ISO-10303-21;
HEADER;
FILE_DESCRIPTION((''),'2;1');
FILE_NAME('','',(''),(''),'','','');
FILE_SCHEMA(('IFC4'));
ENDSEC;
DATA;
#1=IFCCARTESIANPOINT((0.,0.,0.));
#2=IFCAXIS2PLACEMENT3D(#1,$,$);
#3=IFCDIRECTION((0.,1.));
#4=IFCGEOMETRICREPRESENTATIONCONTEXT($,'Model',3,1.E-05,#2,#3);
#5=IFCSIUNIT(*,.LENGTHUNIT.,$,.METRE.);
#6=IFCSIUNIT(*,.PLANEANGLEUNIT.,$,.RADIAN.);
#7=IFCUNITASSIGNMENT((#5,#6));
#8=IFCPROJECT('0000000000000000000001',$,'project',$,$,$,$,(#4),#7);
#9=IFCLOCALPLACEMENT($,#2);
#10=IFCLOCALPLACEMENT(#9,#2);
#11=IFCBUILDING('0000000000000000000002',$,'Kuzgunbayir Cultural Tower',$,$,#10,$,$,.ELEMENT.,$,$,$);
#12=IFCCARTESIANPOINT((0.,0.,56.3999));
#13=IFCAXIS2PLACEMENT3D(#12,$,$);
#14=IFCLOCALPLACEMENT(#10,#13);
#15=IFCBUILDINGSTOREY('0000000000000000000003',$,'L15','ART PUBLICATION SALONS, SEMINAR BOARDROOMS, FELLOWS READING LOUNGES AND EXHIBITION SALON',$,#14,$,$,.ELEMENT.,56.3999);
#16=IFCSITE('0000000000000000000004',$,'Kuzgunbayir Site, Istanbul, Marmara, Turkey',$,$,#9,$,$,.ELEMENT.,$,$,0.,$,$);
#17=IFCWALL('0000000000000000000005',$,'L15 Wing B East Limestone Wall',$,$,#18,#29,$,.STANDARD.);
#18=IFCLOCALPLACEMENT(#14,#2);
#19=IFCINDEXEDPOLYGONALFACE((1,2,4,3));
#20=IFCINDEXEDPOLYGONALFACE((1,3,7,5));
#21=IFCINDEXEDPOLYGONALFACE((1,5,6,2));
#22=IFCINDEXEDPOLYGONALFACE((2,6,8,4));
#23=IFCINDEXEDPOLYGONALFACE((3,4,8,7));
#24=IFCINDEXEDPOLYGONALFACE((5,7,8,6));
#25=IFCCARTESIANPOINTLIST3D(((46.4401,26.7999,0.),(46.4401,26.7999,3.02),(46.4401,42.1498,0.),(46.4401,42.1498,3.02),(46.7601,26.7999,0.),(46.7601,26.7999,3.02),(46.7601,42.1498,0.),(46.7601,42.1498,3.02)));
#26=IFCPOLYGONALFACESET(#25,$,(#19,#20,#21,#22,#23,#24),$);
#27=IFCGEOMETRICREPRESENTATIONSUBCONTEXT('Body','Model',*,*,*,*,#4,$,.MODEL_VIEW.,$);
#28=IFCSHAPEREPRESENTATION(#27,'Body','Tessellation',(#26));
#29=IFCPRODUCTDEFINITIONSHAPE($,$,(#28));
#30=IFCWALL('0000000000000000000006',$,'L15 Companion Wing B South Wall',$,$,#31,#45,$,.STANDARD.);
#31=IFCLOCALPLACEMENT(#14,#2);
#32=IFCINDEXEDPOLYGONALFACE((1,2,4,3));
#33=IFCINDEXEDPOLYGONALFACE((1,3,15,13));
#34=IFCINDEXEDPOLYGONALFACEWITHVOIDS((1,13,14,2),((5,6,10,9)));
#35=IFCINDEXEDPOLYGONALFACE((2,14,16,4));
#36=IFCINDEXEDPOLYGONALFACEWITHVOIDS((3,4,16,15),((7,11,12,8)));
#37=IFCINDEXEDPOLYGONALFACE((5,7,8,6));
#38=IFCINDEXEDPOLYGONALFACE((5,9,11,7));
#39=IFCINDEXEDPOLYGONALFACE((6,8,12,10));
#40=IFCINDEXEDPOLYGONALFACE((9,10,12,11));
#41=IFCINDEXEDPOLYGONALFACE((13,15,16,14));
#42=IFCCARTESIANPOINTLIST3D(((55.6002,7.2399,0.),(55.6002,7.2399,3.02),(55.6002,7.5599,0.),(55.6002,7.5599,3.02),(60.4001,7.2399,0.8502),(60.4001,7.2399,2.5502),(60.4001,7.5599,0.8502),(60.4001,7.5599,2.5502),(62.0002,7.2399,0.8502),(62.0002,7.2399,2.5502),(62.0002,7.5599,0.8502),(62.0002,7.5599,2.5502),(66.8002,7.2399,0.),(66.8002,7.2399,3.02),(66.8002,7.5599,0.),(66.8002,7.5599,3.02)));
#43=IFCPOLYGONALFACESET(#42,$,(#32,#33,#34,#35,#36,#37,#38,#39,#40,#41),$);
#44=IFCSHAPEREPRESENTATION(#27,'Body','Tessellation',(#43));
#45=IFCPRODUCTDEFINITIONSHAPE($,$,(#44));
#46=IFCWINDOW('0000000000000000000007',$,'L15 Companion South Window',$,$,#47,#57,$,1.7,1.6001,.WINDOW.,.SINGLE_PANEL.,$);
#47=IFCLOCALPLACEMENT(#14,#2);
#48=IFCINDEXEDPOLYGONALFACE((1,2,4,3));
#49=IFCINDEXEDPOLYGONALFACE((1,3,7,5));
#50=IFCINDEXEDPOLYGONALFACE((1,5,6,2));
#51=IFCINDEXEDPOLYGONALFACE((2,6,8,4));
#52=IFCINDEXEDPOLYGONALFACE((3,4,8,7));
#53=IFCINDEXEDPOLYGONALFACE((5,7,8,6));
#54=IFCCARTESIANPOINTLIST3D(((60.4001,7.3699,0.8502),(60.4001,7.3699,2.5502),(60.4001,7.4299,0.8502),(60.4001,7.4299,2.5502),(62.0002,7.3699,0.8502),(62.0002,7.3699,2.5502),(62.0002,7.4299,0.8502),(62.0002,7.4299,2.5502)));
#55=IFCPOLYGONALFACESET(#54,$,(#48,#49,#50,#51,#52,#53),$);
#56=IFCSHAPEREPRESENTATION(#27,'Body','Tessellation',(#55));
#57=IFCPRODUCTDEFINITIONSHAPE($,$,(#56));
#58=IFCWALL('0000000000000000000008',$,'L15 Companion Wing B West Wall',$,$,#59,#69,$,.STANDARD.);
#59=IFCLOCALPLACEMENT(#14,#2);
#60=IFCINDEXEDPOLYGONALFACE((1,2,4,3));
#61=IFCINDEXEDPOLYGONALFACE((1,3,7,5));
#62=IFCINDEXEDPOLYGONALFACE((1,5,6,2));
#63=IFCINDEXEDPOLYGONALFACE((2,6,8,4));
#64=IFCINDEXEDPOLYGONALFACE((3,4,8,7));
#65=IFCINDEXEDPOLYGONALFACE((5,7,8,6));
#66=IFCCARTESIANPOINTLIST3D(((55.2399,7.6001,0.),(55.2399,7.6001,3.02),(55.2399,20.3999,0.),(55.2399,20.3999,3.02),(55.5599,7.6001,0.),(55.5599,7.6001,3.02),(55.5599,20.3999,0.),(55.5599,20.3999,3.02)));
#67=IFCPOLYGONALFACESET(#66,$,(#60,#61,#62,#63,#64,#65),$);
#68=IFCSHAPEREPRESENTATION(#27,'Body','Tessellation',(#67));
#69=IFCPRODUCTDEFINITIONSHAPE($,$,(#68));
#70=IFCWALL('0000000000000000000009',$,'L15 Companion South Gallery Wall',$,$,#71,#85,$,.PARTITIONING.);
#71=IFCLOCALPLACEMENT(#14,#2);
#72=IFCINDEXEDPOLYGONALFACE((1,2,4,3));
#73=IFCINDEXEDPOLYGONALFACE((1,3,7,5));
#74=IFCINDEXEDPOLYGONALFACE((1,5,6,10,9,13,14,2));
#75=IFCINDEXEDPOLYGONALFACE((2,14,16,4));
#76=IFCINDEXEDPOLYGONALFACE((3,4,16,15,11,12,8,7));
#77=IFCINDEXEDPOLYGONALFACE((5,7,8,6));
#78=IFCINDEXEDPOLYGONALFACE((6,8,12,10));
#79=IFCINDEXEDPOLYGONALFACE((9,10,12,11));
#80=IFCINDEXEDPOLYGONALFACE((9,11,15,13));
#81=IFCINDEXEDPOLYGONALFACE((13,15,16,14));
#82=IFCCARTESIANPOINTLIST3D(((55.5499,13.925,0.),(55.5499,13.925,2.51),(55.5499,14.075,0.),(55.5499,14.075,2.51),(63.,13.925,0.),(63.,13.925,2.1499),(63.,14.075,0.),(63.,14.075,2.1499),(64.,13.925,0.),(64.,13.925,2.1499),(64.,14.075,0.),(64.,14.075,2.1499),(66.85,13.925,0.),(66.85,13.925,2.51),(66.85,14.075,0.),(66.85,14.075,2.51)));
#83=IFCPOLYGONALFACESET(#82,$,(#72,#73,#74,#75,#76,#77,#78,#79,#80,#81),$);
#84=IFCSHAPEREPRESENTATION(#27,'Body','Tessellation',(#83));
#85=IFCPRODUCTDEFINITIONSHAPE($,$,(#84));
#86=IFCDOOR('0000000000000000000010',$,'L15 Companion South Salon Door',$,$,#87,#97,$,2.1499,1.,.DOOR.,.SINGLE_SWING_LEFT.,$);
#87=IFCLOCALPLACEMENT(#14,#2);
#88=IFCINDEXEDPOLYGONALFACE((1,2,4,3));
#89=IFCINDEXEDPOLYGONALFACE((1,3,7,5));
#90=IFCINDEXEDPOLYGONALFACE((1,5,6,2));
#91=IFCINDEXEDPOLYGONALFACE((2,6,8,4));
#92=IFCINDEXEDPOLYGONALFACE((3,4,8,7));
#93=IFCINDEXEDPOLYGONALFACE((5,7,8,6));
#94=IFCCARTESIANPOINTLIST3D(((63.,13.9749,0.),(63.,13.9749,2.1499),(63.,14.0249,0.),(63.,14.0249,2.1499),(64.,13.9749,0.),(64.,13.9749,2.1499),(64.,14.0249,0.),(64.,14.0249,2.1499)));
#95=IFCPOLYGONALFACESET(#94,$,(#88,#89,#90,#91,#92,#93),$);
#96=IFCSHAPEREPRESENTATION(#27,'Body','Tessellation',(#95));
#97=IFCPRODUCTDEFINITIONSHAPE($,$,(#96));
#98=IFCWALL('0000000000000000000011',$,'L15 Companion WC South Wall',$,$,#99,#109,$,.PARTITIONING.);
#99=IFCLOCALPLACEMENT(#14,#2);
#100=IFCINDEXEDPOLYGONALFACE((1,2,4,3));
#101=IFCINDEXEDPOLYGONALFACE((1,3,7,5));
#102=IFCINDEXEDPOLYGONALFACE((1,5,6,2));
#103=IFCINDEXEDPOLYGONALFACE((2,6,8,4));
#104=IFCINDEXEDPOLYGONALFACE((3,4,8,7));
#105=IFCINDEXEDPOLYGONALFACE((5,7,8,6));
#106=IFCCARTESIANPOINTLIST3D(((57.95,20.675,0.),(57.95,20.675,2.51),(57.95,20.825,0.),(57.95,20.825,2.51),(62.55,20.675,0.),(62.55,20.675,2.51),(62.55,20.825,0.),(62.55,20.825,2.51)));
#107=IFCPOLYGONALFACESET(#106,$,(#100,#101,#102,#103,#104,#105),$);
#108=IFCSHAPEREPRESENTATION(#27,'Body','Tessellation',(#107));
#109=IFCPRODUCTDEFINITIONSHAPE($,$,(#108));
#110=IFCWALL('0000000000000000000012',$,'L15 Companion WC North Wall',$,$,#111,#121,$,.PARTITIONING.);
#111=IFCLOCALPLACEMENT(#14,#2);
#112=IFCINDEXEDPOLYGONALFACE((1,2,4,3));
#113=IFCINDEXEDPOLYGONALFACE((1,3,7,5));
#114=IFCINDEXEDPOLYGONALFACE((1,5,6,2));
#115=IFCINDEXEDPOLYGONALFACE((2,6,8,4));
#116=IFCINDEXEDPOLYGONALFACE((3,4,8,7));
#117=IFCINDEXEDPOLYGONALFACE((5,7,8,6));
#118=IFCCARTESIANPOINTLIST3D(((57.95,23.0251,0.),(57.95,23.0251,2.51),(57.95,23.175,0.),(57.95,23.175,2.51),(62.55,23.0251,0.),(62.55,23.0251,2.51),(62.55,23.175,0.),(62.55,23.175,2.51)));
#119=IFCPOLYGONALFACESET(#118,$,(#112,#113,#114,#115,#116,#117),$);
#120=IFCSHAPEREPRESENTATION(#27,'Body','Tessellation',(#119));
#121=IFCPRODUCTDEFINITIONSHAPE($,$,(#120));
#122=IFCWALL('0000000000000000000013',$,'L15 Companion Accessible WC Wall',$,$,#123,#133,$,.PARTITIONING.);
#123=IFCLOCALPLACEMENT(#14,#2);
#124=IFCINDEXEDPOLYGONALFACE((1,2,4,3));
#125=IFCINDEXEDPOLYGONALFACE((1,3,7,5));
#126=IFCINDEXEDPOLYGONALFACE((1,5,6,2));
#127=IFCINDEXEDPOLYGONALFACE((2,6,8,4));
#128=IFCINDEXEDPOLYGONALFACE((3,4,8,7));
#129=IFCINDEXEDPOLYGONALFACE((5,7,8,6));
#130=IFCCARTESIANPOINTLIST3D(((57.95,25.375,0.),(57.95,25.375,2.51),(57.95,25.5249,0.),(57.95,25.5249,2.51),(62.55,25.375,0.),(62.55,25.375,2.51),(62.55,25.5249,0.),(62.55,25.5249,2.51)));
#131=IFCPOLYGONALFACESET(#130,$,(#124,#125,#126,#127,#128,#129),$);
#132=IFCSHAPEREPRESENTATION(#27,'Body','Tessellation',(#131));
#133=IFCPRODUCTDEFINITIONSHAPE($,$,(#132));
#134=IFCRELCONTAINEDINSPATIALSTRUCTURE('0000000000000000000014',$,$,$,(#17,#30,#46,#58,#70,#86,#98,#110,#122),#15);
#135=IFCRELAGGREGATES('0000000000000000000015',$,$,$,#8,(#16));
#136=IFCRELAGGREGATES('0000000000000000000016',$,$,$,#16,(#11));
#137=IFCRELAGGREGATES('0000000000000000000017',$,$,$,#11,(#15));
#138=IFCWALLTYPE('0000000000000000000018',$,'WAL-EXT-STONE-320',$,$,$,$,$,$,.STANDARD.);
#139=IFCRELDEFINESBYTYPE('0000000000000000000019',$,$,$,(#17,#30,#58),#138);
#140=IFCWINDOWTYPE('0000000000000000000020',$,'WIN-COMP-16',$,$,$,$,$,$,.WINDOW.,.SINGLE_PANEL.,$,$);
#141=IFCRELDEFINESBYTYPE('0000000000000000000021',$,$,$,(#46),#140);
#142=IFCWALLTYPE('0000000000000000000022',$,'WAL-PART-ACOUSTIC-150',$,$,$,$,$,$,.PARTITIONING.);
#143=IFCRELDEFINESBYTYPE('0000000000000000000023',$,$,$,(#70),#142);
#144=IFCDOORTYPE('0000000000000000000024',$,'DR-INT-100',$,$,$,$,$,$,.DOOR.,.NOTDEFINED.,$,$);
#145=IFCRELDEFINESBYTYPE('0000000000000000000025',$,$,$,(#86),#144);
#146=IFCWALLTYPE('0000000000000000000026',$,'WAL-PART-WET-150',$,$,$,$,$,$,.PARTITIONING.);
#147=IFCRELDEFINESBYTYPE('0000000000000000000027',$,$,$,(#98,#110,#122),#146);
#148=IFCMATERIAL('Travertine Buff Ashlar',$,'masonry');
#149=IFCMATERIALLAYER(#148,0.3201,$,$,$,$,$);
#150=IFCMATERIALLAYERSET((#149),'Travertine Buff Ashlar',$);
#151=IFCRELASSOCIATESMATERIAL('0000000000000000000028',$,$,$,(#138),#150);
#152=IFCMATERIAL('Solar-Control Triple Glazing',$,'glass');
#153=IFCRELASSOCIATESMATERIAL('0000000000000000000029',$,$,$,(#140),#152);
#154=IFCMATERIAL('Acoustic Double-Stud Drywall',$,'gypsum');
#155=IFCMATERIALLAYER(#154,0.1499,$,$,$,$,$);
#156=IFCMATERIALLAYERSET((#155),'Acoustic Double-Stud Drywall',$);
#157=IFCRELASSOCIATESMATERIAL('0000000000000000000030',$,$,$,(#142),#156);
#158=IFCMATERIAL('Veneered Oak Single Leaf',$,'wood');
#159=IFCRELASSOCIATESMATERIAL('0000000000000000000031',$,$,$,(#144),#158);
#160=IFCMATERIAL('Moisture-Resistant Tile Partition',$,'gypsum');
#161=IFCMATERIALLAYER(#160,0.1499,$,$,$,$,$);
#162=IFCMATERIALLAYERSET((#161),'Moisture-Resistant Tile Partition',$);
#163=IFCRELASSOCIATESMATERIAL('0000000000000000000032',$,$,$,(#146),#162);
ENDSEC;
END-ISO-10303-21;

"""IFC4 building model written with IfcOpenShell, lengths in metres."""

from ifc_helpers import new_model, si_unit, direction, frame, frame_2d, origin, place, context, subcontext, project, spatial, rectangle, extrude, material, layer, layer_set, type_object, element, fill, save


model = new_model("IFC4")

# Units and contexts
model_context = context("Model", 3, precision=1e-05, world=origin(), true_north=direction((0.0, 1.0)))
body_context = subcontext(model_context, "Body", "Model", "MODEL_VIEW")
ifc_project = project(units=[si_unit("LENGTHUNIT", "METRE"), si_unit("PLANEANGLEUNIT", "RADIAN")], contexts=[model_context])

# Site, building, storey
site_placement = place(None, origin())
site = spatial("IfcSite", under=ifc_project, at=site_placement, Name="Kuzgunbayir Site, Istanbul, Marmara, Turkey", CompositionType="ELEMENT", RefElevation=0.0)
building_placement = place(site_placement, origin())
building = spatial("IfcBuilding", under=site, at=building_placement, Name="Kuzgunbayir Cultural Tower", CompositionType="ELEMENT")
storey_placement = place(building_placement, frame((0.0, 0.0, 56.3999)))
storey = spatial("IfcBuildingStorey", under=building, at=storey_placement, Name="L15", Description="ART PUBLICATION SALONS, SEMINAR BOARDROOMS, FELLOWS READING LOUNGES AND EXHIBITION SALON", CompositionType="ELEMENT", Elevation=56.3999)

# Wall
ifc_material_1 = material(Name="Travertine Buff Ashlar", Category="masonry")
ifc_layer_1 = layer(ifc_material_1, 0.3201)
ifc_layer_set_1 = layer_set([ifc_layer_1], Name="Travertine Buff Ashlar")
wall_type_1 = type_object("IfcWallType", Name="WAL-EXT-STONE-320", PredefinedType="STANDARD", material=ifc_layer_set_1)
wall_1_placement = place(storey_placement, frame((46.6001, 26.8, 0.0), z_axis=(0.0, 0.0, 1.0), x_axis=(0.0, 1.0, 0.0)))
element("IfcWall", 1, at=wall_1_placement, inside=storey, type_object=wall_type_1, Name="L15 Wing B East Limestone Wall", PredefinedType="STANDARD", context=body_context, shape_type="SweptSolid", body=[
    extrude(rectangle(XDim=15.3499, YDim=0.3201, at=frame_2d((7.6748, 0.0))), origin(), (0.0, 0.0, 1.0), 3.02),
])

# Wall, opening, window
wall_2_placement = place(storey_placement, frame((55.6001, 7.3999, 0.0), z_axis=(0.0, 0.0, 1.0), x_axis=(1.0, 0.0, 0.0)))
wall_2 = element("IfcWall", 2, at=wall_2_placement, inside=storey, type_object=wall_type_1, Name="L15 Companion Wing B South Wall", PredefinedType="STANDARD", context=body_context, shape_type="SweptSolid", body=[
    extrude(rectangle(XDim=11.2, YDim=0.3201, at=frame_2d((5.6001, 0.0))), origin(), (0.0, 0.0, 1.0), 3.02),
])
opening_1_placement = place(wall_2_placement, frame((4.8, 0.0, 0.8501)))
opening_1 = element("IfcOpeningElement", 3, at=opening_1_placement, cuts=wall_2, PredefinedType="OPENING", context=body_context, shape_type="SweptSolid", body=[
    extrude(rectangle(XDim=1.6001, YDim=1.7, at=frame_2d((0.8, 0.8501))), frame((0.0, 0.1699, 0.0), z_axis=(0.0, -1.0, 0.0), x_axis=(1.0, 0.0, 0.0)), (0.0, 0.0, 1.0), 0.3401),
])
ifc_material_2 = material(Name="Solar-Control Triple Glazing", Category="glass")
window_type = type_object("IfcWindowType", Name="WIN-COMP-16", PartitioningType="SINGLE_PANEL", PredefinedType="WINDOW", material=ifc_material_2)
window_placement = place(opening_1_placement, origin())
window = element("IfcWindow", 4, at=window_placement, inside=storey, type_object=window_type, Name="L15 Companion South Window", OverallHeight=1.7, OverallWidth=1.6001, PartitioningType="SINGLE_PANEL", PredefinedType="WINDOW", context=body_context, shape_type="SweptSolid", body=[
    extrude(rectangle(XDim=1.6001, YDim=1.7, at=frame_2d((0.8, 0.8501))), frame((0.0, 0.03, 0.0), z_axis=(0.0, -1.0, 0.0), x_axis=(1.0, 0.0, 0.0)), (0.0, 0.0, 1.0), 0.0601),
])
fill(opening_1, window)

# Wall
wall_3_placement = place(storey_placement, frame((55.3999, 20.3999, 0.0), z_axis=(0.0, 0.0, 1.0), x_axis=(0.0, -1.0, 0.0)))
element("IfcWall", 5, at=wall_3_placement, inside=storey, type_object=wall_type_1, Name="L15 Companion Wing B West Wall", PredefinedType="STANDARD", context=body_context, shape_type="SweptSolid", body=[
    extrude(rectangle(XDim=12.7998, YDim=0.3201, at=frame_2d((6.3999, 0.0))), origin(), (0.0, 0.0, 1.0), 3.02),
])

# Wall, opening, door
ifc_material_3 = material(Name="Acoustic Double-Stud Drywall", Category="gypsum")
ifc_layer_2 = layer(ifc_material_3, 0.1499)
ifc_layer_set_2 = layer_set([ifc_layer_2], Name="Acoustic Double-Stud Drywall")
wall_type_2 = type_object("IfcWallType", Name="WAL-PART-ACOUSTIC-150", PredefinedType="PARTITIONING", material=ifc_layer_set_2)
wall_4_placement = place(storey_placement, frame((55.55, 14.0, 0.0), z_axis=(0.0, 0.0, 1.0), x_axis=(1.0, 0.0, 0.0)))
wall_4 = element("IfcWall", 6, at=wall_4_placement, inside=storey, type_object=wall_type_2, Name="L15 Companion South Gallery Wall", PredefinedType="PARTITIONING", context=body_context, shape_type="SweptSolid", body=[
    extrude(rectangle(XDim=11.3, YDim=0.1499, at=frame_2d((5.6499, 0.0))), origin(), (0.0, 0.0, 1.0), 2.51),
])
opening_2_placement = place(wall_4_placement, frame((7.45, 0.0, 0.0)))
opening_2 = element("IfcOpeningElement", 7, at=opening_2_placement, cuts=wall_4, PredefinedType="OPENING", context=body_context, shape_type="SweptSolid", body=[
    extrude(rectangle(XDim=1.0, YDim=2.1499, at=frame_2d((0.5, 1.075))), frame((0.0, 0.085, 0.0), z_axis=(0.0, -1.0, 0.0), x_axis=(1.0, 0.0, 0.0)), (0.0, 0.0, 1.0), 0.1699),
])
ifc_material_4 = material(Name="Veneered Oak Single Leaf", Category="wood")
door_type = type_object("IfcDoorType", Name="DR-INT-100", OperationType="NOTDEFINED", PredefinedType="DOOR", material=ifc_material_4)
door_placement = place(opening_2_placement, origin())
door = element("IfcDoor", 8, at=door_placement, inside=storey, type_object=door_type, Name="L15 Companion South Salon Door", OperationType="SINGLE_SWING_LEFT", OverallHeight=2.1499, OverallWidth=1.0, PredefinedType="DOOR", context=body_context, shape_type="SweptSolid", body=[
    extrude(rectangle(XDim=1.0, YDim=2.1499, at=frame_2d((0.5, 1.075))), frame((0.0, 0.0249, 0.0), z_axis=(0.0, -1.0, 0.0), x_axis=(1.0, 0.0, 0.0)), (0.0, 0.0, 1.0), 0.05),
])
fill(opening_2, door)

# Walls
ifc_material_5 = material(Name="Moisture-Resistant Tile Partition", Category="gypsum")
ifc_layer_3 = layer(ifc_material_5, 0.1499)
ifc_layer_set_3 = layer_set([ifc_layer_3], Name="Moisture-Resistant Tile Partition")
wall_type_3 = type_object("IfcWallType", Name="WAL-PART-WET-150", PredefinedType="PARTITIONING", material=ifc_layer_set_3)
for number, where, z_axis, x_axis, name in (
    (9, (57.95, 20.75, 0.0), (0.0, 0.0, 1.0), (1.0, 0.0, 0.0), "L15 Companion WC South Wall"),
    (10, (57.95, 23.1001, 0.0), (0.0, 0.0, 1.0), (1.0, 0.0, 0.0), "L15 Companion WC North Wall"),
    (11, (57.95, 25.45, 0.0), (0.0, 0.0, 1.0), (1.0, 0.0, 0.0), "L15 Companion Accessible WC Wall"),
):
    element("IfcWall", number, at=place(storey_placement, frame(where, z_axis=z_axis, x_axis=x_axis)), inside=storey, type_object=wall_type_3, Name=name, PredefinedType="PARTITIONING", context=body_context, shape_type="SweptSolid", body=[
        extrude(rectangle(XDim=4.6001, YDim=0.1499, at=frame_2d((2.3, 0.0))), origin(), (0.0, 0.0, 1.0), 2.51),
    ])

save(model, "model.ifc")
